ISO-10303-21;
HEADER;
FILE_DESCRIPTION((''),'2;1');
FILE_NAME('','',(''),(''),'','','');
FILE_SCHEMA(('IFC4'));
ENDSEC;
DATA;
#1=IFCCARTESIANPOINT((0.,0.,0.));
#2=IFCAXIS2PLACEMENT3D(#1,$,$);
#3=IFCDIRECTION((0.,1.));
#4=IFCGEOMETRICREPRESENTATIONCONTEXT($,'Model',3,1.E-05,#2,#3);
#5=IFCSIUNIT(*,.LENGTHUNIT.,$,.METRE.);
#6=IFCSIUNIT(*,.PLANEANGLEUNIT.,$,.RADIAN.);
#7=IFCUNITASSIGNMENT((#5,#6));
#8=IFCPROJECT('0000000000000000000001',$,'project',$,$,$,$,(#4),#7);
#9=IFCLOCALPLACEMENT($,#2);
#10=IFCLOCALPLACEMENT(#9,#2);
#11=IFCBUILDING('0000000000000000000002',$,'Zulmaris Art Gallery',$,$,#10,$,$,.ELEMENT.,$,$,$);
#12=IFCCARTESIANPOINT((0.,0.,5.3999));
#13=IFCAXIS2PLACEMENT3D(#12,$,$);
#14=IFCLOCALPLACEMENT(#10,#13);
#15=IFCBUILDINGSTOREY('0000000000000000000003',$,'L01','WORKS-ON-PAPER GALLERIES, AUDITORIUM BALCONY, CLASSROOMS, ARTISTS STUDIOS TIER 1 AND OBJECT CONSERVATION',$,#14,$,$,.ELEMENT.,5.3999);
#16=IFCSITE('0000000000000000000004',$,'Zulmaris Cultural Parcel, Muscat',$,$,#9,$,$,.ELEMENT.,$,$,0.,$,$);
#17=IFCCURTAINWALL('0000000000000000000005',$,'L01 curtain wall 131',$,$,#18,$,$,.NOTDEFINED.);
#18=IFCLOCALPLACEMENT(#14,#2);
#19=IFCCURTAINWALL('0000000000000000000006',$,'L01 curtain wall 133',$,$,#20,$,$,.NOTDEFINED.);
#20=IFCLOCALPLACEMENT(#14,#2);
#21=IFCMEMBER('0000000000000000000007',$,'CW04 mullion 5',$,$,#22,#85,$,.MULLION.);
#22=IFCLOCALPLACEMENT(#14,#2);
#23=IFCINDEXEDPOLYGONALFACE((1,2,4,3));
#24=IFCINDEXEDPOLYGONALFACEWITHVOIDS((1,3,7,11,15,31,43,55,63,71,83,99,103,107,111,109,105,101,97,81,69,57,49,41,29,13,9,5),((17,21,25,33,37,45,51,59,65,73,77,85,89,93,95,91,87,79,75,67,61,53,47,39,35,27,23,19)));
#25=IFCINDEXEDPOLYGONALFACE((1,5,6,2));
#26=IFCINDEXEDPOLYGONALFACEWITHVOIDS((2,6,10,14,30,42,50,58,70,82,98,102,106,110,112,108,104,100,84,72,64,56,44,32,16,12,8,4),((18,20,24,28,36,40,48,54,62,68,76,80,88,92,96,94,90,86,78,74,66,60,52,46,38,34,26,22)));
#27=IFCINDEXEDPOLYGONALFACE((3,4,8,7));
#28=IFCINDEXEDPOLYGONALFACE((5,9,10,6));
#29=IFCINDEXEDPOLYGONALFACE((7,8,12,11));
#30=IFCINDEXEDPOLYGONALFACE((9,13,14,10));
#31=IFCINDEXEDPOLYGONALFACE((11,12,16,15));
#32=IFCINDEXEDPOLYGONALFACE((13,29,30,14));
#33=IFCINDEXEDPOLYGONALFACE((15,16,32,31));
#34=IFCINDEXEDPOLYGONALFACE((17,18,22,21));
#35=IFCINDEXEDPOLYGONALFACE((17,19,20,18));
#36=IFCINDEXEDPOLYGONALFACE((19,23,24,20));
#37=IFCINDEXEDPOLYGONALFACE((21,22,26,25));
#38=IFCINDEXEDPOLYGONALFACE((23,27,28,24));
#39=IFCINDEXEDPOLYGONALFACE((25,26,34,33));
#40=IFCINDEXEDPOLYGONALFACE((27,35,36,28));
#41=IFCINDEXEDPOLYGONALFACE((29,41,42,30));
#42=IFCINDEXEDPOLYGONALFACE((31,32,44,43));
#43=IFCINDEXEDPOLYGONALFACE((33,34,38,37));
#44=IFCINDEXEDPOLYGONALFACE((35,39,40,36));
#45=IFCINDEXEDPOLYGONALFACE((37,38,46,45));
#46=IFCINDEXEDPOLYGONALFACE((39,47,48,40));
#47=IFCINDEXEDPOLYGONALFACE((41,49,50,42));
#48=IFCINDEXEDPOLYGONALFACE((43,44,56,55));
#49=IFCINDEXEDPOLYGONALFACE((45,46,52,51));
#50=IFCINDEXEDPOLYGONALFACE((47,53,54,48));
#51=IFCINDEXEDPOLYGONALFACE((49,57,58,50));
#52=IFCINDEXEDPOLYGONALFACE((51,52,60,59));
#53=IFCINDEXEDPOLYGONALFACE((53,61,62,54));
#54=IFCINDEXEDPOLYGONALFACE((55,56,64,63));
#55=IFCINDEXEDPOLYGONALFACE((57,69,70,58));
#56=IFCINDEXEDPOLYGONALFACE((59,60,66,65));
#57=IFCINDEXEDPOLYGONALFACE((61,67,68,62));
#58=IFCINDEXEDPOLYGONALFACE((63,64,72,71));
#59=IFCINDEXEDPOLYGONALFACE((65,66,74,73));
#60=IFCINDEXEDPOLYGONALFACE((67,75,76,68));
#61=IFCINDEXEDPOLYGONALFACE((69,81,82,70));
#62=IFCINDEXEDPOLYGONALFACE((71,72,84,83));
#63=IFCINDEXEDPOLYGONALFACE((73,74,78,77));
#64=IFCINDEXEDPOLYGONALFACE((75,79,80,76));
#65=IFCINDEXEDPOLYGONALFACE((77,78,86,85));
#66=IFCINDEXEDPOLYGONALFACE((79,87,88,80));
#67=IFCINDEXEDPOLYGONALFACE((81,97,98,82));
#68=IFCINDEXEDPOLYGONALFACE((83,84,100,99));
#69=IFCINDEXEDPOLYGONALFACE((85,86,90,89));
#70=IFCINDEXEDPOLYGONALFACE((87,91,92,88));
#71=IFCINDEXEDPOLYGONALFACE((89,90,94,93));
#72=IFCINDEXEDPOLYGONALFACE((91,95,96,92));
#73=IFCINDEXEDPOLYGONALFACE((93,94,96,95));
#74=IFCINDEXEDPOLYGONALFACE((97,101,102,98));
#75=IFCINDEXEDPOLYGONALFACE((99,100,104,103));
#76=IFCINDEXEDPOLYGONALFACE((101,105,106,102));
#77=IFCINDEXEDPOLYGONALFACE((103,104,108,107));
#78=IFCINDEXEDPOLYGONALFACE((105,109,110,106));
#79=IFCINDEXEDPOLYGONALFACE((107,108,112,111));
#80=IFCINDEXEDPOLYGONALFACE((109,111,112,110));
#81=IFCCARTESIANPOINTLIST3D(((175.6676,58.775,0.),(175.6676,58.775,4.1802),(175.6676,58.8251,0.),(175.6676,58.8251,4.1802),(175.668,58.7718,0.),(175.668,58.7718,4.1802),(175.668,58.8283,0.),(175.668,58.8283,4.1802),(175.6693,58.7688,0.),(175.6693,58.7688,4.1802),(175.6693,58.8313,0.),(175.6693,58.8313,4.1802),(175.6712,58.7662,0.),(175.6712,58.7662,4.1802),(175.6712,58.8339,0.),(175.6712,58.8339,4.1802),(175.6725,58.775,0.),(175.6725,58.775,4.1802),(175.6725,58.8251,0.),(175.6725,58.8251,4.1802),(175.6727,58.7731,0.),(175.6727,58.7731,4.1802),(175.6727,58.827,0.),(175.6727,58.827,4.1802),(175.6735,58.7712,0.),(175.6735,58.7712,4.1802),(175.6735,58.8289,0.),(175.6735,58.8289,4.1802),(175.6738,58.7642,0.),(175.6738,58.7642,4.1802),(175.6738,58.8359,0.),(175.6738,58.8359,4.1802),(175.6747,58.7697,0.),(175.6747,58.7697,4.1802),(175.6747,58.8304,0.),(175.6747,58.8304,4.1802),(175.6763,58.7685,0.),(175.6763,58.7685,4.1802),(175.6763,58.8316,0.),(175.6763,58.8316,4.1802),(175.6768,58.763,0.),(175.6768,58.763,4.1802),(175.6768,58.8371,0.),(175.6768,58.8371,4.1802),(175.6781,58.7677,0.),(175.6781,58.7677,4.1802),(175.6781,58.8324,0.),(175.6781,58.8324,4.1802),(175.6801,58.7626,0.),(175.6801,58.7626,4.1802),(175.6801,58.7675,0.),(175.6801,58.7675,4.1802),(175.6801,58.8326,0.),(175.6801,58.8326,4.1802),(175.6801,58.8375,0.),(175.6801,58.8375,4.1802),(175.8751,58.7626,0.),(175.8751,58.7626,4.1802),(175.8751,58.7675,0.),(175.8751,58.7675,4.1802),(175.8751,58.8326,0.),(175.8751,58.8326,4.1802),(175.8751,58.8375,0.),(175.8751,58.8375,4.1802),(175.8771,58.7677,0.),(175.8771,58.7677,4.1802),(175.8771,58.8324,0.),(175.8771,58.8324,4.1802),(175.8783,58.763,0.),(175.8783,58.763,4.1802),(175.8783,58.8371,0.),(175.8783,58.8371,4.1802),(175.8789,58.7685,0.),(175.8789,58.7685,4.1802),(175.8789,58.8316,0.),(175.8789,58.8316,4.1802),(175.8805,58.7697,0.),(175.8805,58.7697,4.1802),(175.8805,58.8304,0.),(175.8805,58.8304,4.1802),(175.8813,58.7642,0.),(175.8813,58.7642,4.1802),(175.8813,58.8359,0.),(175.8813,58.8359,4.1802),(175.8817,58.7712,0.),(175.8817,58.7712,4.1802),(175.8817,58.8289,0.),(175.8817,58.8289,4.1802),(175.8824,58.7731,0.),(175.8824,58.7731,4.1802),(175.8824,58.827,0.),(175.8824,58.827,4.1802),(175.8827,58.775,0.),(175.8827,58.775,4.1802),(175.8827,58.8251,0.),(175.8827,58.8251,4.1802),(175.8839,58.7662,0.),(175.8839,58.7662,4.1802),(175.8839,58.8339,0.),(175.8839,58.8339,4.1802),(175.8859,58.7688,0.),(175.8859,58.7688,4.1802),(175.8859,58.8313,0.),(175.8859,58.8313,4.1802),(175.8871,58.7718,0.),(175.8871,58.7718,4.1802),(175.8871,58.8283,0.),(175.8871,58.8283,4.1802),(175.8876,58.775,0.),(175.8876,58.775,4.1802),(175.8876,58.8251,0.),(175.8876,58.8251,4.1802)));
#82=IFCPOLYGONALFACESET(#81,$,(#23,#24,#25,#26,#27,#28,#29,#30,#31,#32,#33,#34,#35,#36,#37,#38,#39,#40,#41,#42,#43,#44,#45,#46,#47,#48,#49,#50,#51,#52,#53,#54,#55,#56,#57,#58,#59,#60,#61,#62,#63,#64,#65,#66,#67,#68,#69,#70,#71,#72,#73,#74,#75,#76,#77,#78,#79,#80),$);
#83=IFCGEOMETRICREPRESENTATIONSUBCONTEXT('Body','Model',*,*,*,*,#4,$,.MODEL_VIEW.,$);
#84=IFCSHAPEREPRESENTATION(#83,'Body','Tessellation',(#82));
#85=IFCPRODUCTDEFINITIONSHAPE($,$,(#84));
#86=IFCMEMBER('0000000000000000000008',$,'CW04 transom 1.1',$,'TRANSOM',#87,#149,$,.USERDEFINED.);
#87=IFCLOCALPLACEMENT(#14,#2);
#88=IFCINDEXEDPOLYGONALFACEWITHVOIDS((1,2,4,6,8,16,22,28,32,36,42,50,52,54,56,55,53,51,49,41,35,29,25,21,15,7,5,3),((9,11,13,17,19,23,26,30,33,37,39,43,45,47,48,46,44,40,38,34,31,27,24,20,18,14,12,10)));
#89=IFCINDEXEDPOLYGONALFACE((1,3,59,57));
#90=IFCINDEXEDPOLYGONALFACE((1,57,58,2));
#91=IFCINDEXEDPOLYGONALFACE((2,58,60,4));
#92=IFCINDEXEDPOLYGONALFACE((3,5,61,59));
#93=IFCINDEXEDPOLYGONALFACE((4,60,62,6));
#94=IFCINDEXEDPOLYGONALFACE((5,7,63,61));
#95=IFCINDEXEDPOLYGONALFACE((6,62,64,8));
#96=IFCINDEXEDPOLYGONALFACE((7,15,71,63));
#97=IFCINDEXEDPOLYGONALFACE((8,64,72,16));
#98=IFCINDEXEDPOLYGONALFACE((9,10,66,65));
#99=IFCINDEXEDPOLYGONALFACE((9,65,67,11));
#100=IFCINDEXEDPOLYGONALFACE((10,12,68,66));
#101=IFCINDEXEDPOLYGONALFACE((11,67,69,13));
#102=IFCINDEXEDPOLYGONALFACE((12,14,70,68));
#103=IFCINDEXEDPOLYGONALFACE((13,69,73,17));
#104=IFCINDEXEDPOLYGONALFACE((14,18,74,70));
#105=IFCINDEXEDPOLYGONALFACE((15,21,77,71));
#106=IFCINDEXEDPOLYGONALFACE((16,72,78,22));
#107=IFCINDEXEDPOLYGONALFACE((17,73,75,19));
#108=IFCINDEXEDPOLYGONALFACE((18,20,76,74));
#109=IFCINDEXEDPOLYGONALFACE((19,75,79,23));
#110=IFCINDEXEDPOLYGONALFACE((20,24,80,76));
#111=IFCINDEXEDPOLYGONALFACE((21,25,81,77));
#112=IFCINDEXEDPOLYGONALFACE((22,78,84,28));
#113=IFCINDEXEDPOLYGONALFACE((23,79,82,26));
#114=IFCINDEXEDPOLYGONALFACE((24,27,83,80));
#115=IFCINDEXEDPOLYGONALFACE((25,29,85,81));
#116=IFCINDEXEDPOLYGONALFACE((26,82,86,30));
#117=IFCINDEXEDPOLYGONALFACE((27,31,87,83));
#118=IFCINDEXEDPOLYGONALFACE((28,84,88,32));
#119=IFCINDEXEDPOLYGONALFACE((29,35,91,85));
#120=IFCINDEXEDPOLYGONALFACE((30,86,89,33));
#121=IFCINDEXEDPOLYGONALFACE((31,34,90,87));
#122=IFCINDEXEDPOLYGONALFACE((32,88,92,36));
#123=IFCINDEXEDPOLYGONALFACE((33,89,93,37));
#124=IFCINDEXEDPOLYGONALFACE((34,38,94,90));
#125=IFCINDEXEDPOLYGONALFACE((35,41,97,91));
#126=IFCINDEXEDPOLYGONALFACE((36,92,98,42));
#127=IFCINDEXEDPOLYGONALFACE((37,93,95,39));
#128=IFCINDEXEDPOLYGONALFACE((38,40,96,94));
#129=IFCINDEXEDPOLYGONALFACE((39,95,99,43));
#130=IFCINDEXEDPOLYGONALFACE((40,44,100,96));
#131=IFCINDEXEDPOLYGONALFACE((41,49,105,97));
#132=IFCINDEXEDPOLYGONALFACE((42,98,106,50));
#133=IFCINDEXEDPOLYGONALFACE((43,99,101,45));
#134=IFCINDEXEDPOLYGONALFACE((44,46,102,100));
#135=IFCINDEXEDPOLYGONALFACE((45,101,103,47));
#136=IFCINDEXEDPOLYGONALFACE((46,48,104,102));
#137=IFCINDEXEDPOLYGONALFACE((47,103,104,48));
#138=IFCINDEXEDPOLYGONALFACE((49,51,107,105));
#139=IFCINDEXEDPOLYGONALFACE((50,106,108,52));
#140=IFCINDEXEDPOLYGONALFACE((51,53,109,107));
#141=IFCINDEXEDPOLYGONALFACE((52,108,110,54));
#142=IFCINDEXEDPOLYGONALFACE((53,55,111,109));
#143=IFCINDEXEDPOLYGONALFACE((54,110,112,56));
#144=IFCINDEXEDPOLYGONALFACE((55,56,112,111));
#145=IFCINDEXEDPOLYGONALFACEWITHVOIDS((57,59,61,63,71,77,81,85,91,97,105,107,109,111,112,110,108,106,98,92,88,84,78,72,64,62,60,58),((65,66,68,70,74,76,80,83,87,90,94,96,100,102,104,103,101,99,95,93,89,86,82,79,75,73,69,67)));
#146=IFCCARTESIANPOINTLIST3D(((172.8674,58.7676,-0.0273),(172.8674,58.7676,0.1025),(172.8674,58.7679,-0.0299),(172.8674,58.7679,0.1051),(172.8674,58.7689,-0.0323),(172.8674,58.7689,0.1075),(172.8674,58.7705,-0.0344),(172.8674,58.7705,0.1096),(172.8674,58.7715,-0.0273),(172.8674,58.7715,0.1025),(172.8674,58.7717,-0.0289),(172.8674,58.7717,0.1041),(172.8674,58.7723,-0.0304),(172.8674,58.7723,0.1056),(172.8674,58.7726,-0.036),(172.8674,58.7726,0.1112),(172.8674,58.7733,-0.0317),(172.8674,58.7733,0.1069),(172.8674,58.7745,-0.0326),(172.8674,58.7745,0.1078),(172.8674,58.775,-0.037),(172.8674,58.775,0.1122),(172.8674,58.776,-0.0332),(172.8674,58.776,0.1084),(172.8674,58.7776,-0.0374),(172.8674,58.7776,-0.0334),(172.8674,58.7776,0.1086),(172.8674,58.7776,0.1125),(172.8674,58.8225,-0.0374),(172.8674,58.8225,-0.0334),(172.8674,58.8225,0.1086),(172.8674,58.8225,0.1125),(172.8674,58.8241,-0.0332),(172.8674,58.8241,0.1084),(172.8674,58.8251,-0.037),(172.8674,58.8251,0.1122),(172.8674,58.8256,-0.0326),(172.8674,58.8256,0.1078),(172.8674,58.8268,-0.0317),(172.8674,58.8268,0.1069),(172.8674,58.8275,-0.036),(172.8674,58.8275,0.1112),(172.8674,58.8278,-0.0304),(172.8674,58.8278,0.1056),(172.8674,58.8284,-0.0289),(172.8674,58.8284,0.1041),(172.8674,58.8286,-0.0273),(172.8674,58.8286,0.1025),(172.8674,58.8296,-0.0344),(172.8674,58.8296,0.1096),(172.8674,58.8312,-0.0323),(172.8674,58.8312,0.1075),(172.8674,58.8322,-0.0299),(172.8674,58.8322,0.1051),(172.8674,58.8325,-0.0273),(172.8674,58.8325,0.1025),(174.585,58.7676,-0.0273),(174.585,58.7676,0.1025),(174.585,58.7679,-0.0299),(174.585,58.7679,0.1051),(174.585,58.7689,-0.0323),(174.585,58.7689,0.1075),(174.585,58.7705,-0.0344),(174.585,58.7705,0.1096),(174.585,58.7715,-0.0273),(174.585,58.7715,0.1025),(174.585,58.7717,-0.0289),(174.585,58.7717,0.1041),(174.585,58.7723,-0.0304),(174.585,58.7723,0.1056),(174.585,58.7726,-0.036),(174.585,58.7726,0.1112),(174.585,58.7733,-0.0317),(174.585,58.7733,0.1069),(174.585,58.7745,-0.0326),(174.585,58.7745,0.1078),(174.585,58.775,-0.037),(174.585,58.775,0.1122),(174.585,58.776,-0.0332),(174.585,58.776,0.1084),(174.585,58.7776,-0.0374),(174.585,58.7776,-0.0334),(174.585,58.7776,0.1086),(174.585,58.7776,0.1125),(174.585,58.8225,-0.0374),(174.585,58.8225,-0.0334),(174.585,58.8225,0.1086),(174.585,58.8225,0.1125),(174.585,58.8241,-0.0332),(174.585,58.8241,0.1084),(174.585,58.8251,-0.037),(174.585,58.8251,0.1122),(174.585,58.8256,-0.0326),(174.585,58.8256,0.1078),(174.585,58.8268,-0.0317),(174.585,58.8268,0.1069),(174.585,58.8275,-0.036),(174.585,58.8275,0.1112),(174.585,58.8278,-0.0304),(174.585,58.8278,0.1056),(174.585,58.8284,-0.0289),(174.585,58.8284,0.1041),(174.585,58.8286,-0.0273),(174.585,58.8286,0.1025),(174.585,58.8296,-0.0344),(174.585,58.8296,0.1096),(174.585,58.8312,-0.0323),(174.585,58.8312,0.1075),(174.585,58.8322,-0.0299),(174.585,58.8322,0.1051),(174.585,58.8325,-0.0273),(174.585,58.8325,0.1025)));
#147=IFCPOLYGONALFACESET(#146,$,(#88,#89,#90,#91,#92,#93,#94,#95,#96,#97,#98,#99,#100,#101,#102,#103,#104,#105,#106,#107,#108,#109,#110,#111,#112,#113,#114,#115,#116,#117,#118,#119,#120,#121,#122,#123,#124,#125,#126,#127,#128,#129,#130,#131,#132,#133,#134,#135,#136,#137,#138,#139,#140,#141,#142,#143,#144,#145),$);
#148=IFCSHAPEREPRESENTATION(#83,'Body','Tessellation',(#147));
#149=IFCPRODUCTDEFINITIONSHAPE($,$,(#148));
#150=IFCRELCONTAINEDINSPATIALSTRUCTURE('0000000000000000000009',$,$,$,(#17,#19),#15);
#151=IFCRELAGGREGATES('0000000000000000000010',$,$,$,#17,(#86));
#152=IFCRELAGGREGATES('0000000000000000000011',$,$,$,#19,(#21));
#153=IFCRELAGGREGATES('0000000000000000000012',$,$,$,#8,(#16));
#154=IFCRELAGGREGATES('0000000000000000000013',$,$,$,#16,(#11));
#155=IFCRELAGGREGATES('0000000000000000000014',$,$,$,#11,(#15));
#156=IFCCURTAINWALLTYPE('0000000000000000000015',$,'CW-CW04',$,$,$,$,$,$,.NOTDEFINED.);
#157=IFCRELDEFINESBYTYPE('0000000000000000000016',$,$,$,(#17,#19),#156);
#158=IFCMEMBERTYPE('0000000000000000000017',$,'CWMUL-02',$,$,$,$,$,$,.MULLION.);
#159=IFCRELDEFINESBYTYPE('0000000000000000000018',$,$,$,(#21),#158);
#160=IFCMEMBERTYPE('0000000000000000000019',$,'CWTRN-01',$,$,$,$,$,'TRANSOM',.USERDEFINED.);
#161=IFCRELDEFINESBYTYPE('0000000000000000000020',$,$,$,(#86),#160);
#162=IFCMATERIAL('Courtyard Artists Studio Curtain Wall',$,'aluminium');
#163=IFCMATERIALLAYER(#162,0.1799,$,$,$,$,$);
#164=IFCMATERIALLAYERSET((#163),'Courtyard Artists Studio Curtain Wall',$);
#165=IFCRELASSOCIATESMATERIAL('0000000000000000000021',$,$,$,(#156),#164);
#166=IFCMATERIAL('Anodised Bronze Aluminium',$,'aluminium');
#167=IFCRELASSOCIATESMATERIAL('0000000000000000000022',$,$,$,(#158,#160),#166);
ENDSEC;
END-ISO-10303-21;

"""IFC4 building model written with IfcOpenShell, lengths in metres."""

from ifc_helpers import new_model, si_unit, direction, frame, origin, origin_2d, place, context, subcontext, project, spatial, hollow_rectangle, extrude, material, layer, layer_set, material_profile, profile_set, type_object, element, aggregate, save


model = new_model("IFC4")

# Units and contexts
model_context = context("Model", 3, precision=1e-05, world=origin(), true_north=direction((0.0, 1.0)))
body_context = subcontext(model_context, "Body", "Model", "MODEL_VIEW")
ifc_project = project(units=[si_unit("LENGTHUNIT", "METRE"), si_unit("PLANEANGLEUNIT", "RADIAN")], contexts=[model_context])

# Site, building, storey
site_placement = place(None, origin())
site = spatial("IfcSite", under=ifc_project, at=site_placement, Name="Zulmaris Cultural Parcel, Muscat", CompositionType="ELEMENT", RefElevation=0.0)
building_placement = place(site_placement, origin())
building = spatial("IfcBuilding", under=site, at=building_placement, Name="Zulmaris Art Gallery", CompositionType="ELEMENT")
storey_placement = place(building_placement, frame((0.0, 0.0, 5.3999)))
storey = spatial("IfcBuildingStorey", under=building, at=storey_placement, Name="L01", Description="WORKS-ON-PAPER GALLERIES, AUDITORIUM BALCONY, CLASSROOMS, ARTISTS STUDIOS TIER 1 AND OBJECT CONSERVATION", CompositionType="ELEMENT", Elevation=5.3999)

# Curtain wall
ifc_material_1 = material(Name="Courtyard Artists Studio Curtain Wall", Category="aluminium")
ifc_layer_1 = layer(ifc_material_1, 0.1799)
ifc_layer_set_1 = layer_set([ifc_layer_1], Name="Courtyard Artists Studio Curtain Wall")
curtain_wall_type = type_object("IfcCurtainWallType", Name="CW-CW04", PredefinedType="NOTDEFINED", material=ifc_layer_set_1)
curtain_wall_1_placement = place(storey_placement, origin())
curtain_wall_1 = element("IfcCurtainWall", 1, at=curtain_wall_1_placement, inside=storey, type_object=curtain_wall_type, Name="L01 curtain wall 131", PredefinedType="NOTDEFINED")
ifc_material_2 = material(Name="Anodised Bronze Aluminium", Category="aluminium")
ifc_material_profile_1 = material_profile(ifc_material_2, hollow_rectangle(XDim=0.075, YDim=0.22, WallThickness=0.0049, InnerFilletRadius=0.0076, OuterFilletRadius=0.0125, at=origin_2d()), Name="ALU 75x220x5")
ifc_profile_set_1 = profile_set([ifc_material_profile_1], Name="Anodised Bronze Aluminium")
member_type_1 = type_object("IfcMemberType", Name="CWMUL-02", PredefinedType="MULLION", material=ifc_profile_set_1)

# Curtain wall, member
curtain_wall_2_placement = place(storey_placement, origin())
curtain_wall_2 = element("IfcCurtainWall", 2, at=curtain_wall_2_placement, inside=storey, type_object=curtain_wall_type, Name="L01 curtain wall 133", PredefinedType="NOTDEFINED")
member_1_placement = place(storey_placement, frame((175.7776, 58.8, 0.0), z_axis=(0.0, 0.0, 1.0), x_axis=(0.0, -1.0, 0.0)))
member_1 = element("IfcMember", 3, at=member_1_placement, type_object=member_type_1, Name="CW04 mullion 5", PredefinedType="MULLION", context=body_context, shape_type="SweptSolid", body=[
    extrude(hollow_rectangle(XDim=0.075, YDim=0.22, WallThickness=0.0049, InnerFilletRadius=0.0076, OuterFilletRadius=0.0125, at=origin_2d()), origin(), (0.0, 0.0, 1.0), 4.1802),
])

# Member
ifc_material_profile_2 = material_profile(ifc_material_2, hollow_rectangle(XDim=0.0649, YDim=0.1499, WallThickness=0.0039, InnerFilletRadius=0.0061, OuterFilletRadius=0.01, at=origin_2d()), Name="ALU 65x150x4")
ifc_profile_set_2 = profile_set([ifc_material_profile_2], Name="Anodised Bronze Aluminium")
member_type_2 = type_object("IfcMemberType", Name="CWTRN-01", ElementType="TRANSOM", PredefinedType="USERDEFINED", material=ifc_profile_set_2)
member_2_placement = place(storey_placement, frame((174.585, 58.8, 0.0376), z_axis=(-1.0, 0.0, 0.0), x_axis=(0.0, -1.0, 0.0)))
member_2 = element("IfcMember", 4, at=member_2_placement, type_object=member_type_2, Name="CW04 transom 1.1", ObjectType="TRANSOM", PredefinedType="USERDEFINED", context=body_context, shape_type="SweptSolid", body=[
    extrude(hollow_rectangle(XDim=0.0649, YDim=0.1499, WallThickness=0.0039, InnerFilletRadius=0.0061, OuterFilletRadius=0.01, at=origin_2d()), origin(), (0.0, 0.0, 1.0), 1.7175),
])
aggregate(curtain_wall_1, [member_2])

aggregate(curtain_wall_2, [member_1])

save(model, "model.ifc")
